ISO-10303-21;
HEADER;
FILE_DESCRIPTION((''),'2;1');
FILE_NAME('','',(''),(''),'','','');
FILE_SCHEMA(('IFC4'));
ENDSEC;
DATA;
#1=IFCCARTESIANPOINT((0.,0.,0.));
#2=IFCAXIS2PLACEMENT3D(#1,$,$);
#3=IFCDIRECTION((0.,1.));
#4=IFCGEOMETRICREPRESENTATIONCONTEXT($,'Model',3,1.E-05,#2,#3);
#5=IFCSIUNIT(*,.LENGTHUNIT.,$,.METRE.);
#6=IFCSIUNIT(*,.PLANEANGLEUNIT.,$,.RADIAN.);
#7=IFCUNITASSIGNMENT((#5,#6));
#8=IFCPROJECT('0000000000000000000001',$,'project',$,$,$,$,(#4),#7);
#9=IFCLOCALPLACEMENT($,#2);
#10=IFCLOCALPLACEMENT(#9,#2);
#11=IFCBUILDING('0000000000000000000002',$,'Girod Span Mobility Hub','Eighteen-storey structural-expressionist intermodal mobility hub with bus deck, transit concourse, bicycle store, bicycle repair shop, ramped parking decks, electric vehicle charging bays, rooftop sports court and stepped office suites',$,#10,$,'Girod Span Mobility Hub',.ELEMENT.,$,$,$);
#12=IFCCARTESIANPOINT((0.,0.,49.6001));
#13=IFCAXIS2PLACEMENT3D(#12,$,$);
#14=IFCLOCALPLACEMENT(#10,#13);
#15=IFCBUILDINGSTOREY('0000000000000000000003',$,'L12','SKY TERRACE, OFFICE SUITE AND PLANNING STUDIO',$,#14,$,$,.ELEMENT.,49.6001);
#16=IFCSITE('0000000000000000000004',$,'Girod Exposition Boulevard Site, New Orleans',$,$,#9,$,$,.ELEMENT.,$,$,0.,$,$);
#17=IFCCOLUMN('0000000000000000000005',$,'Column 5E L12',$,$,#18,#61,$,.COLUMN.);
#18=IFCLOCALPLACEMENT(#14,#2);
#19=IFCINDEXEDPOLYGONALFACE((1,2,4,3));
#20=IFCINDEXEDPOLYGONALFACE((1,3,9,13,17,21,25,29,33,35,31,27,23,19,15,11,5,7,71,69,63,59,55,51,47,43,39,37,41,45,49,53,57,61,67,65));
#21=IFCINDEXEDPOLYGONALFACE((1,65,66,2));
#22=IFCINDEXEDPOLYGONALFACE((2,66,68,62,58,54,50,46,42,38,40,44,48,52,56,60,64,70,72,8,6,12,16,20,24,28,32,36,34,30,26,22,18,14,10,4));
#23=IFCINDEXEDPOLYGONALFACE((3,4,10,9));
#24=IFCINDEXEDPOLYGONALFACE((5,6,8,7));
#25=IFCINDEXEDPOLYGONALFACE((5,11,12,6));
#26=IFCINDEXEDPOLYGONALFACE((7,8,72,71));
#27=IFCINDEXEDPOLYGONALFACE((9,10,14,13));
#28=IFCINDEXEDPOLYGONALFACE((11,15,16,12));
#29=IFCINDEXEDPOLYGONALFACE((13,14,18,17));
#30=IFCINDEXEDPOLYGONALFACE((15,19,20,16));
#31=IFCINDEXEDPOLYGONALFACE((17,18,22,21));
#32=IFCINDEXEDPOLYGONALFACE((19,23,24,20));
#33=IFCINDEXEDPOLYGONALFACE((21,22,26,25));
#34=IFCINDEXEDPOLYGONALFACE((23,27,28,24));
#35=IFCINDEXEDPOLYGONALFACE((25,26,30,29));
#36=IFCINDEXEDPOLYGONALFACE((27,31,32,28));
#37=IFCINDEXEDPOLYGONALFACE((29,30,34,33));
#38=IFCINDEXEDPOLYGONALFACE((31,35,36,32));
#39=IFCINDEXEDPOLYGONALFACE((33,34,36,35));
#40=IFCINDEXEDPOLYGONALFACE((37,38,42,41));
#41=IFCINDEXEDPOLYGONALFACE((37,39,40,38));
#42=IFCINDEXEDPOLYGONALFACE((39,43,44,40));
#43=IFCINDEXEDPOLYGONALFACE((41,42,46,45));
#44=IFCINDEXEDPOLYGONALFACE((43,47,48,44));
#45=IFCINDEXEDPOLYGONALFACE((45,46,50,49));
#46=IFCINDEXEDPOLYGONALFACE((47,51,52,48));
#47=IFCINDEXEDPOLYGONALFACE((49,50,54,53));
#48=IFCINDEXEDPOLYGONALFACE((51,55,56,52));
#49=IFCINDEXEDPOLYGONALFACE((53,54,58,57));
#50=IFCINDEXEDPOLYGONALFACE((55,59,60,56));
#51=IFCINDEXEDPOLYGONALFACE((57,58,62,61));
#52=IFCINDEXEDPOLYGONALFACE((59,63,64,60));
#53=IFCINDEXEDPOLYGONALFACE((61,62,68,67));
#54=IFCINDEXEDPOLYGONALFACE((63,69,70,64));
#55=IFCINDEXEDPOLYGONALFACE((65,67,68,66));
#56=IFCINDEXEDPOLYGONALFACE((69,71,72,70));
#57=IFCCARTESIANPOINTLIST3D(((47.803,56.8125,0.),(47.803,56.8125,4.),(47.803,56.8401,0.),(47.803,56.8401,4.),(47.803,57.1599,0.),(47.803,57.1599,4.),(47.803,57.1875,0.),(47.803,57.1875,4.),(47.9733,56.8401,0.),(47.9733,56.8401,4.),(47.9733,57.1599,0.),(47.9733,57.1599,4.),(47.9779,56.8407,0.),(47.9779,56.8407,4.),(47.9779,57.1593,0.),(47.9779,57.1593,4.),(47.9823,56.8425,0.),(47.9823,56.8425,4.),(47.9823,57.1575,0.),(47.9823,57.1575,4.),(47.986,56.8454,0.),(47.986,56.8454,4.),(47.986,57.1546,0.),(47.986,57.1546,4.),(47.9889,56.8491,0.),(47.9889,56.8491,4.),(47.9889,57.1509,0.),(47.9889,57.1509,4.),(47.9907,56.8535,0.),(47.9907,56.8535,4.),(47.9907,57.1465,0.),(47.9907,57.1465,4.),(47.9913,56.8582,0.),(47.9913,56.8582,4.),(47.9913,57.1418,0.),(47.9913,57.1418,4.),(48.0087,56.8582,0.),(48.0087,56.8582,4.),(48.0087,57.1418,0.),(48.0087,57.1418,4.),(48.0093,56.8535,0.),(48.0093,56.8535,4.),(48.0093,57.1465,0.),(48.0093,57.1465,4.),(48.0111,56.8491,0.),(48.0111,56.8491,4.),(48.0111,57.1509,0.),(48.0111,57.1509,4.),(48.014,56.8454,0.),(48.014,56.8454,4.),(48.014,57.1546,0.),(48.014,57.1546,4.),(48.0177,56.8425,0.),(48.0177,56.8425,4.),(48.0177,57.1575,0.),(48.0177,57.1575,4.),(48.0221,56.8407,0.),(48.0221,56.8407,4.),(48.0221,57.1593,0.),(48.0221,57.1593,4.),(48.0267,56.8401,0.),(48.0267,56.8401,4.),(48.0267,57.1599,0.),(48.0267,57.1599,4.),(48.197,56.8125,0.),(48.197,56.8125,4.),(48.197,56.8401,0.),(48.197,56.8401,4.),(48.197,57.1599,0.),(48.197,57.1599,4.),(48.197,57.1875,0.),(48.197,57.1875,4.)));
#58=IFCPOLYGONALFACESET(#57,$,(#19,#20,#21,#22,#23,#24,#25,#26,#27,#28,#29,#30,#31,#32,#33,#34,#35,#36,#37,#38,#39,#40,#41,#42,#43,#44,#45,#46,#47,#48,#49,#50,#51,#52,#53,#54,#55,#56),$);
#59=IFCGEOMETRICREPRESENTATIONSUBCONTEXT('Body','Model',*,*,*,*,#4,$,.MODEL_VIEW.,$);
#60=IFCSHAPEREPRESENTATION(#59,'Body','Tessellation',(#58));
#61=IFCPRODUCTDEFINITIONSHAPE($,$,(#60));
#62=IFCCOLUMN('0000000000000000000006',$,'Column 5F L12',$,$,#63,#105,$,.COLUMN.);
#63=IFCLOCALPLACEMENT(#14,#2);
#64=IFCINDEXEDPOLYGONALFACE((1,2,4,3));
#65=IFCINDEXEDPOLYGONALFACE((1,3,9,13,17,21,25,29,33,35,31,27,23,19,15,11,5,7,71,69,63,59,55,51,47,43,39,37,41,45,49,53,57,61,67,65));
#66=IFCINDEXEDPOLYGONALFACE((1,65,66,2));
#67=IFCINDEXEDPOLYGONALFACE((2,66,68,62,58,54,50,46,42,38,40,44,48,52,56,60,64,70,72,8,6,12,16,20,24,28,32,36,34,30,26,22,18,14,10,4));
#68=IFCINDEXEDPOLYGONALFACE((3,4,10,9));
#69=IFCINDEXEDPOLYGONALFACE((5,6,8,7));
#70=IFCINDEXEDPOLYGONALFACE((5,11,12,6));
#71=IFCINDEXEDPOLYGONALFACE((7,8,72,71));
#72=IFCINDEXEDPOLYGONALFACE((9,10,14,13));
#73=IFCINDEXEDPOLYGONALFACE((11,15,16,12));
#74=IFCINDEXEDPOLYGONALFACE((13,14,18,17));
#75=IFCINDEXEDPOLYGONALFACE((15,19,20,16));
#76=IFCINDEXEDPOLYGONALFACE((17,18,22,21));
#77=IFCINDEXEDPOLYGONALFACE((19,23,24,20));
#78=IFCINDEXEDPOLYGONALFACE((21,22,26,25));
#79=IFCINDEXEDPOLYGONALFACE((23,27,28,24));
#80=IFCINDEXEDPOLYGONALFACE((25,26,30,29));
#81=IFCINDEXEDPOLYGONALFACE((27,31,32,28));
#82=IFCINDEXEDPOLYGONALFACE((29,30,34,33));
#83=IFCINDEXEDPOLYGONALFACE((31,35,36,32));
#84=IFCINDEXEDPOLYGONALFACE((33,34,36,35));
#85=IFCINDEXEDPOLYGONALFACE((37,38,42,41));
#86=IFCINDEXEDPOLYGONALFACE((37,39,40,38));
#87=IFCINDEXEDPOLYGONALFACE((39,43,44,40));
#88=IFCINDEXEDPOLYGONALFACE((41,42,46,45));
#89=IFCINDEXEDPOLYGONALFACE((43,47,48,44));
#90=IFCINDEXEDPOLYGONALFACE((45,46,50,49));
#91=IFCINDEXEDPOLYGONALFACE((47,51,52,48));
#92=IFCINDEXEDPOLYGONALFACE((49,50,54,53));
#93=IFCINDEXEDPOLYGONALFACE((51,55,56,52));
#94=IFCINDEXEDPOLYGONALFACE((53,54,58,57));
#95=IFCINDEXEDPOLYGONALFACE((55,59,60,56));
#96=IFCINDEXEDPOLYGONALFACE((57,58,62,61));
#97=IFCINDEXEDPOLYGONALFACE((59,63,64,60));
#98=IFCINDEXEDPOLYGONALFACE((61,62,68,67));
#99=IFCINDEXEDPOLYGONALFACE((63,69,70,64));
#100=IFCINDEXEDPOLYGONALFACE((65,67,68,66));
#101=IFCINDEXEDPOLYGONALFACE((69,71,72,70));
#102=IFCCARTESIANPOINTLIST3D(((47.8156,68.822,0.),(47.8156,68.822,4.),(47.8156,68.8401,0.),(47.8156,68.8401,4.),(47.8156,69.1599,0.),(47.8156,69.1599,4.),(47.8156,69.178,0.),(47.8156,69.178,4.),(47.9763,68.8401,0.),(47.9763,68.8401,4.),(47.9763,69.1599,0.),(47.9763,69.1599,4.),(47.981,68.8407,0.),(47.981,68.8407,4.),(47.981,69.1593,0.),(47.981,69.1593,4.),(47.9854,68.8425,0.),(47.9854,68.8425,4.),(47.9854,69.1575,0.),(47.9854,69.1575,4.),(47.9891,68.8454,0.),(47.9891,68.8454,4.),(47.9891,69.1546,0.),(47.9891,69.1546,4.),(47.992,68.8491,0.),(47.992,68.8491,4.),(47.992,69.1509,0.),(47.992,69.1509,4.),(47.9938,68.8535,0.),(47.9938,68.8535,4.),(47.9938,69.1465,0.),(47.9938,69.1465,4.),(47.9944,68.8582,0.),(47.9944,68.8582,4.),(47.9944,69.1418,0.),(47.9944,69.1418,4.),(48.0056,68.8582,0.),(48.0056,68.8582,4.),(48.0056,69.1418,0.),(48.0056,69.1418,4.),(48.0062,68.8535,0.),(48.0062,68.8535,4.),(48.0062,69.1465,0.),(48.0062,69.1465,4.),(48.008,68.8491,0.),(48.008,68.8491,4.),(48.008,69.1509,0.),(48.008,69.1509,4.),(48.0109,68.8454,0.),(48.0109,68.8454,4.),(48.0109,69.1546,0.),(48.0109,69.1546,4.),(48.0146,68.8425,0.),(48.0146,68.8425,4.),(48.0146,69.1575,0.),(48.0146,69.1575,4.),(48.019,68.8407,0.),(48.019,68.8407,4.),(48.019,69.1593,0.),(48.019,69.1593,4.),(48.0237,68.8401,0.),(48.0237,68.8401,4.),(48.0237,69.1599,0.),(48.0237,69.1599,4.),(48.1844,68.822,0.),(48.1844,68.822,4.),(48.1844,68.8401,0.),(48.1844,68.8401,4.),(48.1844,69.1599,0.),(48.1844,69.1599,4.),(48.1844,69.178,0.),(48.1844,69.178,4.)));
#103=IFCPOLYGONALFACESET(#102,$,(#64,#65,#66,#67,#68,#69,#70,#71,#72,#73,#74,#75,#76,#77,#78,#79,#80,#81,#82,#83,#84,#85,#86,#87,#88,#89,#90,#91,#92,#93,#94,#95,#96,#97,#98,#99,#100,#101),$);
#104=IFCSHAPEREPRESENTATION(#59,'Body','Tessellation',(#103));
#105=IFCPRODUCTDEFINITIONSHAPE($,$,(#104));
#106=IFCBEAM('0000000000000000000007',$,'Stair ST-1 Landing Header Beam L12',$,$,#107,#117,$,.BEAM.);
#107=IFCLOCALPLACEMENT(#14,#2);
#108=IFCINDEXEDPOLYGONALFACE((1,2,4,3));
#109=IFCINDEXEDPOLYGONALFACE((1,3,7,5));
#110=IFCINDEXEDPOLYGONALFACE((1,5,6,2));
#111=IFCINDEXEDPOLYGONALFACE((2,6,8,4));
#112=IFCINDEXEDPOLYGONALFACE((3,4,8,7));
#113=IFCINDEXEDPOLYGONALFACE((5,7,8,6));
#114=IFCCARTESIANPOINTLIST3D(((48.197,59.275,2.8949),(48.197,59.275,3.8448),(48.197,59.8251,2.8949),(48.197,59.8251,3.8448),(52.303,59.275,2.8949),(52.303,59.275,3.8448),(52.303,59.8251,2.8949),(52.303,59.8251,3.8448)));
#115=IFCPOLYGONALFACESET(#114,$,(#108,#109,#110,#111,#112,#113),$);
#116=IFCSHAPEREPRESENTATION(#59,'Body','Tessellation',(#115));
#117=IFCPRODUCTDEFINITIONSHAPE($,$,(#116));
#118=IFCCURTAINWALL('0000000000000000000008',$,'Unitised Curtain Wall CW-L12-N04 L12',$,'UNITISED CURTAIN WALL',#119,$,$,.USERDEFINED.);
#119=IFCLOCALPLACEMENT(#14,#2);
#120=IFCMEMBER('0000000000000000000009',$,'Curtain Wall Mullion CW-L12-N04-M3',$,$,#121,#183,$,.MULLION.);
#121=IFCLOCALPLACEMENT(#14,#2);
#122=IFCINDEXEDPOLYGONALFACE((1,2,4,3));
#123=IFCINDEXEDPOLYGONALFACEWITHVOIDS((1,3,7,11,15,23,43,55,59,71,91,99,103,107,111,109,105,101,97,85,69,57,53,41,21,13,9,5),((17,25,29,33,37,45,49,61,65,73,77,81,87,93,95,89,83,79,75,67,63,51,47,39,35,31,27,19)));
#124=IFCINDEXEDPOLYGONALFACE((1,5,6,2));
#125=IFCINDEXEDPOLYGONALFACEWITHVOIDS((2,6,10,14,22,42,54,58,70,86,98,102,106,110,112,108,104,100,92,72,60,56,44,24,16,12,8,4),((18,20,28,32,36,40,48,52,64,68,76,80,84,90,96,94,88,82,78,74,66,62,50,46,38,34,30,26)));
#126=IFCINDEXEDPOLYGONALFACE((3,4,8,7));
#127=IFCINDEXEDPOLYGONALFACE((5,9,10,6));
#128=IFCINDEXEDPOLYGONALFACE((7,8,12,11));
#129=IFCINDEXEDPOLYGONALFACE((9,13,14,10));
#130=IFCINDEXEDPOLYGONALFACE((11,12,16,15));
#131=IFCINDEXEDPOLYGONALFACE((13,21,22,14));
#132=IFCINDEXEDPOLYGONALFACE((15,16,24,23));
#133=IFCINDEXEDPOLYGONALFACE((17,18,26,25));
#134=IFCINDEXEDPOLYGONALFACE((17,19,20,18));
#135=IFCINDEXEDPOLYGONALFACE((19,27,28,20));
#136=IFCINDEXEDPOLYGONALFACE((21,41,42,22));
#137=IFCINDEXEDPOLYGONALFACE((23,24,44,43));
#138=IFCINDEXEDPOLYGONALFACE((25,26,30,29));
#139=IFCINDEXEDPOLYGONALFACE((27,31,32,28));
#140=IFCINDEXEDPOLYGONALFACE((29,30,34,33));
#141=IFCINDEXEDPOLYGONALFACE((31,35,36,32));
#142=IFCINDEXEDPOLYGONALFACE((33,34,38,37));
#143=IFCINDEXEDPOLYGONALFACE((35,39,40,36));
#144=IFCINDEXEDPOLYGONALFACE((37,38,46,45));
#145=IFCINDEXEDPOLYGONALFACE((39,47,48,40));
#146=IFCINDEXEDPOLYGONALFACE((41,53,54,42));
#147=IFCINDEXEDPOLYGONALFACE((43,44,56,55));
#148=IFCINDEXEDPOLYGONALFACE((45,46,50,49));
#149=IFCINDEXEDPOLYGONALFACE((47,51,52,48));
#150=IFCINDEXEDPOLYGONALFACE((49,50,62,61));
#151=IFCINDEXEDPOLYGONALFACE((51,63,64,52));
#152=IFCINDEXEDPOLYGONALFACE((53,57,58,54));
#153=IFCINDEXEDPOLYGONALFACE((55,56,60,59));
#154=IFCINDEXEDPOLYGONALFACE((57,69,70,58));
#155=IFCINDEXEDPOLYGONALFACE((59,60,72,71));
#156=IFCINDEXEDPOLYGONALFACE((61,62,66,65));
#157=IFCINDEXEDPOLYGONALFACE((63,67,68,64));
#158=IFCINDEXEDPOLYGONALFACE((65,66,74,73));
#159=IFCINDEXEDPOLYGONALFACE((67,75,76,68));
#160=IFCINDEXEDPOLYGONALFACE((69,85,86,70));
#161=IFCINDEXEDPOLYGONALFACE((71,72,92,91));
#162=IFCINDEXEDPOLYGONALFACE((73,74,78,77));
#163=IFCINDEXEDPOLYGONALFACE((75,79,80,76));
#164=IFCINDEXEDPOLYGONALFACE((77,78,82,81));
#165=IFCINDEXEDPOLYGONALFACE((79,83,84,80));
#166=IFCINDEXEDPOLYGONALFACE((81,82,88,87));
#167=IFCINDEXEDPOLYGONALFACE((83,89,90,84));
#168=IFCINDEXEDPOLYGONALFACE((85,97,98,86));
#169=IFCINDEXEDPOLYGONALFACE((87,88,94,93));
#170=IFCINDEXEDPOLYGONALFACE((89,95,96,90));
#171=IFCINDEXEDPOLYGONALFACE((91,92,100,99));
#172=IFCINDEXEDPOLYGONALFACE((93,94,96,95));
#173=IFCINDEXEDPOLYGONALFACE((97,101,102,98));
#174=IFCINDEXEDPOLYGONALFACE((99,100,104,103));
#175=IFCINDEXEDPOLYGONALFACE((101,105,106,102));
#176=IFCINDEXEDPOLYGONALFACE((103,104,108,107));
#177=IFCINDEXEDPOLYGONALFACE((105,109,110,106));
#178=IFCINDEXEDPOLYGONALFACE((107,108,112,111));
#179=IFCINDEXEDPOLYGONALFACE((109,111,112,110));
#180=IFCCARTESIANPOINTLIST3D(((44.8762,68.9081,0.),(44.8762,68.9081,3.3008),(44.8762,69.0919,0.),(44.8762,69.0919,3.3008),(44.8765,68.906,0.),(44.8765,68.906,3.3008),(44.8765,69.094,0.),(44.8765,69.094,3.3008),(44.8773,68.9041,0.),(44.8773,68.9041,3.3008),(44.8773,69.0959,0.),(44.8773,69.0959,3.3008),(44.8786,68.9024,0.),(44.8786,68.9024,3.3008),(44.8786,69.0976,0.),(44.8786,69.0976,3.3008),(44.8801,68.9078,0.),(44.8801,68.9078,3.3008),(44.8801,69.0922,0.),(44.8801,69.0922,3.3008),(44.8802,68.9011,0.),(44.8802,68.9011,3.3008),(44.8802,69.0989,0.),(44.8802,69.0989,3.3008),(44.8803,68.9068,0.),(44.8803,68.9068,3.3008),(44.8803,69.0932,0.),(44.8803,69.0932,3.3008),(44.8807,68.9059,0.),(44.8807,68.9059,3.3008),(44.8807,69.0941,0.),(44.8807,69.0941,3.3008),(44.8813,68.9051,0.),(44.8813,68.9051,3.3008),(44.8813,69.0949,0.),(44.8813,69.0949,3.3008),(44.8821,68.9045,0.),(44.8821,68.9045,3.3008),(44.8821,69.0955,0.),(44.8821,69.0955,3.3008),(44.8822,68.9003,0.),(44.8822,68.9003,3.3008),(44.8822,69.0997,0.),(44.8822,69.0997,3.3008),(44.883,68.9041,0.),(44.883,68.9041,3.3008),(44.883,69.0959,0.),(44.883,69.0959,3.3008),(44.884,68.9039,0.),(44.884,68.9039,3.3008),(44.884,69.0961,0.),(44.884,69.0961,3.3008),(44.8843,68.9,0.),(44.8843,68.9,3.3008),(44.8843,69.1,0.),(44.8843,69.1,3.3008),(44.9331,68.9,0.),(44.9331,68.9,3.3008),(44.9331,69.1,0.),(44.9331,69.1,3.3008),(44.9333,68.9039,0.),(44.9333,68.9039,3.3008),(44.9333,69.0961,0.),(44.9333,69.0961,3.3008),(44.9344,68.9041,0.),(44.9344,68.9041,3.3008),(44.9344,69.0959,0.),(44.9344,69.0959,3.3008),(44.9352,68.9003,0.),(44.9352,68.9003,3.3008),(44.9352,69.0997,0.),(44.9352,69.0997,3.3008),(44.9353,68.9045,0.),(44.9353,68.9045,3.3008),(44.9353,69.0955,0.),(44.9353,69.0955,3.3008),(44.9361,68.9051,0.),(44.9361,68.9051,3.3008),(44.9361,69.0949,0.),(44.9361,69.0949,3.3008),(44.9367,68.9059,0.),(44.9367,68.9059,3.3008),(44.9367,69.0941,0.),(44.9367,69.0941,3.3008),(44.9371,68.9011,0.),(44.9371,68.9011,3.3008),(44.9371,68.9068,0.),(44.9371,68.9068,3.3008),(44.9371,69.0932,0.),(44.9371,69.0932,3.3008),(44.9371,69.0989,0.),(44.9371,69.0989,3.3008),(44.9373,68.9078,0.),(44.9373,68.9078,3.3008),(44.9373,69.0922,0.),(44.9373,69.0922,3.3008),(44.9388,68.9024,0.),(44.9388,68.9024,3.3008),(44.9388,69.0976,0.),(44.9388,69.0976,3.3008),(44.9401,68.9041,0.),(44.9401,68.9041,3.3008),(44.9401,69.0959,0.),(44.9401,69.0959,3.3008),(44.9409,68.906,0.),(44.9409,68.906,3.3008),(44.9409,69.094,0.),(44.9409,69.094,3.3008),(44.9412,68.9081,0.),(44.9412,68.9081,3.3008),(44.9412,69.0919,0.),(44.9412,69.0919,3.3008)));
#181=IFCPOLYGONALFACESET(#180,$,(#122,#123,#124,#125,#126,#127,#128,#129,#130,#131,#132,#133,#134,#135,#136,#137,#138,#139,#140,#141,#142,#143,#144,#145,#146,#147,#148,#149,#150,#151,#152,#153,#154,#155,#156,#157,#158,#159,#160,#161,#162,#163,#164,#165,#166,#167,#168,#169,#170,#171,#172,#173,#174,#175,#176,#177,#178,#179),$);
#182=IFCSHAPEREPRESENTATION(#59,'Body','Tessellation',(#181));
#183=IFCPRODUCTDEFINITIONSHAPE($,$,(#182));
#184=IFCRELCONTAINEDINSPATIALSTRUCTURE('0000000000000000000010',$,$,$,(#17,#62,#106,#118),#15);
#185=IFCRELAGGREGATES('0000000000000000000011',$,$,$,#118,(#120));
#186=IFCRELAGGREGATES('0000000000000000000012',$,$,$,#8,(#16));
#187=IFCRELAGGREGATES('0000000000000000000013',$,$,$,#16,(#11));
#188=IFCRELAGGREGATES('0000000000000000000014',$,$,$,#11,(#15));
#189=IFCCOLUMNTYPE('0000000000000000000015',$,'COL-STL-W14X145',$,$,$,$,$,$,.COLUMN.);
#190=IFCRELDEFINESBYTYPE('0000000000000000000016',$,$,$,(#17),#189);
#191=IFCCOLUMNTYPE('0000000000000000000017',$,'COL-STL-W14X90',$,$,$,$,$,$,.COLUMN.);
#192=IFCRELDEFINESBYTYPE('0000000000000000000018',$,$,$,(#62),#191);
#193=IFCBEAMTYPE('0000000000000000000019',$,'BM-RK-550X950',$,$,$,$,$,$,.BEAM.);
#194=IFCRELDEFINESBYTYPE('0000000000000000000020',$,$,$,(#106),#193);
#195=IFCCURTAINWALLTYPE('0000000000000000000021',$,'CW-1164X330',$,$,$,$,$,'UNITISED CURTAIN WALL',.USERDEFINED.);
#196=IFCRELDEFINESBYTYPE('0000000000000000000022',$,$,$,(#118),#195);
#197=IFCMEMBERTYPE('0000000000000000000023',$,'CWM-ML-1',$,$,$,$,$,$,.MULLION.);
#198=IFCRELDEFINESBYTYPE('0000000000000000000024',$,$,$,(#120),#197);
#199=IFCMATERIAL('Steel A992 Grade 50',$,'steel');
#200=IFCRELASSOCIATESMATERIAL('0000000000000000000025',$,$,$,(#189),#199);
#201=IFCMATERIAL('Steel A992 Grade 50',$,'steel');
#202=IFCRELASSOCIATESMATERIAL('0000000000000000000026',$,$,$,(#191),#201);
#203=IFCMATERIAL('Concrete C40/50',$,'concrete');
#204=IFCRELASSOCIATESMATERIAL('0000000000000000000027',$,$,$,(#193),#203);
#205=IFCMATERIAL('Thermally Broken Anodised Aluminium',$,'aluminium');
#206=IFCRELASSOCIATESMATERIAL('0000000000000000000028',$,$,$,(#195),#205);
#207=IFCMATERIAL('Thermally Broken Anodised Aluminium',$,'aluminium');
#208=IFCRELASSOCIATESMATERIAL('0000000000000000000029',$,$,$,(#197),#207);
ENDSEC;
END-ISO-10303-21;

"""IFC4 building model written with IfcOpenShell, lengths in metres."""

from ifc_helpers import new_model, si_unit, direction, frame, origin, origin_2d, place, context, subcontext, project, spatial, rectangle, hollow_rectangle, i_section, extrude, material, material_profile, profile_set, type_object, element, aggregate, save


model = new_model("IFC4")

# Units and contexts
model_context = context("Model", 3, precision=1e-05, world=origin(), true_north=direction((0.0, 1.0)))
body_context = subcontext(model_context, "Body", "Model", "MODEL_VIEW")
ifc_project = project(units=[si_unit("LENGTHUNIT", "METRE"), si_unit("PLANEANGLEUNIT", "RADIAN")], contexts=[model_context])

# Site, building, storey
site_placement = place(None, origin())
site = spatial("IfcSite", under=ifc_project, at=site_placement, Name="Girod Exposition Boulevard Site, New Orleans", CompositionType="ELEMENT", RefElevation=0.0)
building_placement = place(site_placement, origin())
building = spatial("IfcBuilding", under=site, at=building_placement, Name="Girod Span Mobility Hub", Description="Eighteen-storey structural-expressionist intermodal mobility hub with bus deck, transit concourse, bicycle store, bicycle repair shop, ramped parking decks, electric vehicle charging bays, rooftop sports court and stepped office suites", LongName="Girod Span Mobility Hub", CompositionType="ELEMENT")
storey_placement = place(building_placement, frame((0.0, 0.0, 49.6001)))
storey = spatial("IfcBuildingStorey", under=building, at=storey_placement, Name="L12", Description="SKY TERRACE, OFFICE SUITE AND PLANNING STUDIO", CompositionType="ELEMENT", Elevation=49.6001)

# Columns
ifc_material_1 = material(Name="Steel A992 Grade 50", Category="steel")
ifc_material_profile_1 = material_profile(ifc_material_1, i_section(OverallWidth=0.394, OverallDepth=0.375, WebThickness=0.0173, FlangeThickness=0.0276, FilletRadius=0.0181, at=origin_2d()), Name="W14X145")
ifc_profile_set_1 = profile_set([ifc_material_profile_1], Name="Steel A992 Grade 50")
column_type_1 = type_object("IfcColumnType", Name="COL-STL-W14X145", PredefinedType="COLUMN", material=ifc_profile_set_1)
column_1_placement = place(storey_placement, frame((48.0, 57.0, 0.0), z_axis=(0.0, 0.0, 1.0), x_axis=(1.0, 0.0, 0.0)))
element("IfcColumn", 1, at=column_1_placement, inside=storey, type_object=column_type_1, Name="Column 5E L12", PredefinedType="COLUMN", context=body_context, shape_type="SweptSolid", body=[
    extrude(i_section(OverallWidth=0.394, OverallDepth=0.375, WebThickness=0.0173, FlangeThickness=0.0276, FilletRadius=0.0181, at=origin_2d()), origin(), (0.0, 0.0, 1.0), 4.0),
])
ifc_material_2 = material(Name="Steel A992 Grade 50", Category="steel")
ifc_material_profile_2 = material_profile(ifc_material_2, i_section(OverallWidth=0.3689, OverallDepth=0.356, WebThickness=0.0112, FlangeThickness=0.0181, FilletRadius=0.0181, at=origin_2d()), Name="W14X90")
ifc_profile_set_2 = profile_set([ifc_material_profile_2], Name="Steel A992 Grade 50")
column_type_2 = type_object("IfcColumnType", Name="COL-STL-W14X90", PredefinedType="COLUMN", material=ifc_profile_set_2)
column_2_placement = place(storey_placement, frame((48.0, 69.0, 0.0), z_axis=(0.0, 0.0, 1.0), x_axis=(1.0, 0.0, 0.0)))
element("IfcColumn", 2, at=column_2_placement, inside=storey, type_object=column_type_2, Name="Column 5F L12", PredefinedType="COLUMN", context=body_context, shape_type="SweptSolid", body=[
    extrude(i_section(OverallWidth=0.3689, OverallDepth=0.356, WebThickness=0.0112, FlangeThickness=0.0181, FilletRadius=0.0181, at=origin_2d()), origin(), (0.0, 0.0, 1.0), 4.0),
])

# Beam
ifc_material_3 = material(Name="Concrete C40/50", Category="concrete")
ifc_material_profile_3 = material_profile(ifc_material_3, rectangle(XDim=0.55, YDim=0.95, at=origin_2d()), Name="RK-550X950")
ifc_profile_set_3 = profile_set([ifc_material_profile_3], Name="Concrete C40/50")
beam_type = type_object("IfcBeamType", Name="BM-RK-550X950", PredefinedType="BEAM", material=ifc_profile_set_3)
beam_placement = place(storey_placement, frame((48.197, 59.55, 3.3699), z_axis=(1.0, 0.0, 0.0), x_axis=(0.0, 1.0, 0.0)))
element("IfcBeam", 3, at=beam_placement, inside=storey, type_object=beam_type, Name="Stair ST-1 Landing Header Beam L12", PredefinedType="BEAM", context=body_context, shape_type="SweptSolid", body=[
    extrude(rectangle(XDim=0.55, YDim=0.95, at=origin_2d()), origin(), (0.0, 0.0, 1.0), 4.106),
])

# Curtain wall, member
ifc_material_4 = material(Name="Thermally Broken Anodised Aluminium", Category="aluminium")
curtain_wall_type = type_object("IfcCurtainWallType", Name="CW-1164X330", ElementType="UNITISED CURTAIN WALL", PredefinedType="USERDEFINED", material=ifc_material_4)
curtain_wall_placement = place(storey_placement, origin())
curtain_wall = element("IfcCurtainWall", 4, at=curtain_wall_placement, inside=storey, type_object=curtain_wall_type, Name="Unitised Curtain Wall CW-L12-N04 L12", ObjectType="UNITISED CURTAIN WALL", PredefinedType="USERDEFINED")
ifc_material_5 = material(Name="Thermally Broken Anodised Aluminium", Category="aluminium")
ifc_material_profile_4 = material_profile(ifc_material_5, hollow_rectangle(XDim=0.2, YDim=0.0649, WallThickness=0.0039, InnerFilletRadius=0.0039, OuterFilletRadius=0.0081, at=origin_2d()), Name="CW-ML-65X200")
ifc_profile_set_4 = profile_set([ifc_material_profile_4], Name="Thermally Broken Anodised Aluminium")
member_type = type_object("IfcMemberType", Name="CWM-ML-1", PredefinedType="MULLION", material=ifc_profile_set_4)
member_1_placement = place(storey_placement, frame((44.9087, 69.0, 0.0), z_axis=(0.0, 0.0, 1.0), x_axis=(0.0, 1.0, 0.0)))
member_1 = element("IfcMember", 5, at=member_1_placement, type_object=member_type, Name="Curtain Wall Mullion CW-L12-N04-M3", PredefinedType="MULLION", context=body_context, shape_type="SweptSolid", body=[
    extrude(hollow_rectangle(XDim=0.2, YDim=0.0649, WallThickness=0.0039, InnerFilletRadius=0.0039, OuterFilletRadius=0.0081, at=origin_2d()), origin(), (0.0, 0.0, 1.0), 3.3008),
])
aggregate(curtain_wall, [member_1])

save(model, "model.ifc")
